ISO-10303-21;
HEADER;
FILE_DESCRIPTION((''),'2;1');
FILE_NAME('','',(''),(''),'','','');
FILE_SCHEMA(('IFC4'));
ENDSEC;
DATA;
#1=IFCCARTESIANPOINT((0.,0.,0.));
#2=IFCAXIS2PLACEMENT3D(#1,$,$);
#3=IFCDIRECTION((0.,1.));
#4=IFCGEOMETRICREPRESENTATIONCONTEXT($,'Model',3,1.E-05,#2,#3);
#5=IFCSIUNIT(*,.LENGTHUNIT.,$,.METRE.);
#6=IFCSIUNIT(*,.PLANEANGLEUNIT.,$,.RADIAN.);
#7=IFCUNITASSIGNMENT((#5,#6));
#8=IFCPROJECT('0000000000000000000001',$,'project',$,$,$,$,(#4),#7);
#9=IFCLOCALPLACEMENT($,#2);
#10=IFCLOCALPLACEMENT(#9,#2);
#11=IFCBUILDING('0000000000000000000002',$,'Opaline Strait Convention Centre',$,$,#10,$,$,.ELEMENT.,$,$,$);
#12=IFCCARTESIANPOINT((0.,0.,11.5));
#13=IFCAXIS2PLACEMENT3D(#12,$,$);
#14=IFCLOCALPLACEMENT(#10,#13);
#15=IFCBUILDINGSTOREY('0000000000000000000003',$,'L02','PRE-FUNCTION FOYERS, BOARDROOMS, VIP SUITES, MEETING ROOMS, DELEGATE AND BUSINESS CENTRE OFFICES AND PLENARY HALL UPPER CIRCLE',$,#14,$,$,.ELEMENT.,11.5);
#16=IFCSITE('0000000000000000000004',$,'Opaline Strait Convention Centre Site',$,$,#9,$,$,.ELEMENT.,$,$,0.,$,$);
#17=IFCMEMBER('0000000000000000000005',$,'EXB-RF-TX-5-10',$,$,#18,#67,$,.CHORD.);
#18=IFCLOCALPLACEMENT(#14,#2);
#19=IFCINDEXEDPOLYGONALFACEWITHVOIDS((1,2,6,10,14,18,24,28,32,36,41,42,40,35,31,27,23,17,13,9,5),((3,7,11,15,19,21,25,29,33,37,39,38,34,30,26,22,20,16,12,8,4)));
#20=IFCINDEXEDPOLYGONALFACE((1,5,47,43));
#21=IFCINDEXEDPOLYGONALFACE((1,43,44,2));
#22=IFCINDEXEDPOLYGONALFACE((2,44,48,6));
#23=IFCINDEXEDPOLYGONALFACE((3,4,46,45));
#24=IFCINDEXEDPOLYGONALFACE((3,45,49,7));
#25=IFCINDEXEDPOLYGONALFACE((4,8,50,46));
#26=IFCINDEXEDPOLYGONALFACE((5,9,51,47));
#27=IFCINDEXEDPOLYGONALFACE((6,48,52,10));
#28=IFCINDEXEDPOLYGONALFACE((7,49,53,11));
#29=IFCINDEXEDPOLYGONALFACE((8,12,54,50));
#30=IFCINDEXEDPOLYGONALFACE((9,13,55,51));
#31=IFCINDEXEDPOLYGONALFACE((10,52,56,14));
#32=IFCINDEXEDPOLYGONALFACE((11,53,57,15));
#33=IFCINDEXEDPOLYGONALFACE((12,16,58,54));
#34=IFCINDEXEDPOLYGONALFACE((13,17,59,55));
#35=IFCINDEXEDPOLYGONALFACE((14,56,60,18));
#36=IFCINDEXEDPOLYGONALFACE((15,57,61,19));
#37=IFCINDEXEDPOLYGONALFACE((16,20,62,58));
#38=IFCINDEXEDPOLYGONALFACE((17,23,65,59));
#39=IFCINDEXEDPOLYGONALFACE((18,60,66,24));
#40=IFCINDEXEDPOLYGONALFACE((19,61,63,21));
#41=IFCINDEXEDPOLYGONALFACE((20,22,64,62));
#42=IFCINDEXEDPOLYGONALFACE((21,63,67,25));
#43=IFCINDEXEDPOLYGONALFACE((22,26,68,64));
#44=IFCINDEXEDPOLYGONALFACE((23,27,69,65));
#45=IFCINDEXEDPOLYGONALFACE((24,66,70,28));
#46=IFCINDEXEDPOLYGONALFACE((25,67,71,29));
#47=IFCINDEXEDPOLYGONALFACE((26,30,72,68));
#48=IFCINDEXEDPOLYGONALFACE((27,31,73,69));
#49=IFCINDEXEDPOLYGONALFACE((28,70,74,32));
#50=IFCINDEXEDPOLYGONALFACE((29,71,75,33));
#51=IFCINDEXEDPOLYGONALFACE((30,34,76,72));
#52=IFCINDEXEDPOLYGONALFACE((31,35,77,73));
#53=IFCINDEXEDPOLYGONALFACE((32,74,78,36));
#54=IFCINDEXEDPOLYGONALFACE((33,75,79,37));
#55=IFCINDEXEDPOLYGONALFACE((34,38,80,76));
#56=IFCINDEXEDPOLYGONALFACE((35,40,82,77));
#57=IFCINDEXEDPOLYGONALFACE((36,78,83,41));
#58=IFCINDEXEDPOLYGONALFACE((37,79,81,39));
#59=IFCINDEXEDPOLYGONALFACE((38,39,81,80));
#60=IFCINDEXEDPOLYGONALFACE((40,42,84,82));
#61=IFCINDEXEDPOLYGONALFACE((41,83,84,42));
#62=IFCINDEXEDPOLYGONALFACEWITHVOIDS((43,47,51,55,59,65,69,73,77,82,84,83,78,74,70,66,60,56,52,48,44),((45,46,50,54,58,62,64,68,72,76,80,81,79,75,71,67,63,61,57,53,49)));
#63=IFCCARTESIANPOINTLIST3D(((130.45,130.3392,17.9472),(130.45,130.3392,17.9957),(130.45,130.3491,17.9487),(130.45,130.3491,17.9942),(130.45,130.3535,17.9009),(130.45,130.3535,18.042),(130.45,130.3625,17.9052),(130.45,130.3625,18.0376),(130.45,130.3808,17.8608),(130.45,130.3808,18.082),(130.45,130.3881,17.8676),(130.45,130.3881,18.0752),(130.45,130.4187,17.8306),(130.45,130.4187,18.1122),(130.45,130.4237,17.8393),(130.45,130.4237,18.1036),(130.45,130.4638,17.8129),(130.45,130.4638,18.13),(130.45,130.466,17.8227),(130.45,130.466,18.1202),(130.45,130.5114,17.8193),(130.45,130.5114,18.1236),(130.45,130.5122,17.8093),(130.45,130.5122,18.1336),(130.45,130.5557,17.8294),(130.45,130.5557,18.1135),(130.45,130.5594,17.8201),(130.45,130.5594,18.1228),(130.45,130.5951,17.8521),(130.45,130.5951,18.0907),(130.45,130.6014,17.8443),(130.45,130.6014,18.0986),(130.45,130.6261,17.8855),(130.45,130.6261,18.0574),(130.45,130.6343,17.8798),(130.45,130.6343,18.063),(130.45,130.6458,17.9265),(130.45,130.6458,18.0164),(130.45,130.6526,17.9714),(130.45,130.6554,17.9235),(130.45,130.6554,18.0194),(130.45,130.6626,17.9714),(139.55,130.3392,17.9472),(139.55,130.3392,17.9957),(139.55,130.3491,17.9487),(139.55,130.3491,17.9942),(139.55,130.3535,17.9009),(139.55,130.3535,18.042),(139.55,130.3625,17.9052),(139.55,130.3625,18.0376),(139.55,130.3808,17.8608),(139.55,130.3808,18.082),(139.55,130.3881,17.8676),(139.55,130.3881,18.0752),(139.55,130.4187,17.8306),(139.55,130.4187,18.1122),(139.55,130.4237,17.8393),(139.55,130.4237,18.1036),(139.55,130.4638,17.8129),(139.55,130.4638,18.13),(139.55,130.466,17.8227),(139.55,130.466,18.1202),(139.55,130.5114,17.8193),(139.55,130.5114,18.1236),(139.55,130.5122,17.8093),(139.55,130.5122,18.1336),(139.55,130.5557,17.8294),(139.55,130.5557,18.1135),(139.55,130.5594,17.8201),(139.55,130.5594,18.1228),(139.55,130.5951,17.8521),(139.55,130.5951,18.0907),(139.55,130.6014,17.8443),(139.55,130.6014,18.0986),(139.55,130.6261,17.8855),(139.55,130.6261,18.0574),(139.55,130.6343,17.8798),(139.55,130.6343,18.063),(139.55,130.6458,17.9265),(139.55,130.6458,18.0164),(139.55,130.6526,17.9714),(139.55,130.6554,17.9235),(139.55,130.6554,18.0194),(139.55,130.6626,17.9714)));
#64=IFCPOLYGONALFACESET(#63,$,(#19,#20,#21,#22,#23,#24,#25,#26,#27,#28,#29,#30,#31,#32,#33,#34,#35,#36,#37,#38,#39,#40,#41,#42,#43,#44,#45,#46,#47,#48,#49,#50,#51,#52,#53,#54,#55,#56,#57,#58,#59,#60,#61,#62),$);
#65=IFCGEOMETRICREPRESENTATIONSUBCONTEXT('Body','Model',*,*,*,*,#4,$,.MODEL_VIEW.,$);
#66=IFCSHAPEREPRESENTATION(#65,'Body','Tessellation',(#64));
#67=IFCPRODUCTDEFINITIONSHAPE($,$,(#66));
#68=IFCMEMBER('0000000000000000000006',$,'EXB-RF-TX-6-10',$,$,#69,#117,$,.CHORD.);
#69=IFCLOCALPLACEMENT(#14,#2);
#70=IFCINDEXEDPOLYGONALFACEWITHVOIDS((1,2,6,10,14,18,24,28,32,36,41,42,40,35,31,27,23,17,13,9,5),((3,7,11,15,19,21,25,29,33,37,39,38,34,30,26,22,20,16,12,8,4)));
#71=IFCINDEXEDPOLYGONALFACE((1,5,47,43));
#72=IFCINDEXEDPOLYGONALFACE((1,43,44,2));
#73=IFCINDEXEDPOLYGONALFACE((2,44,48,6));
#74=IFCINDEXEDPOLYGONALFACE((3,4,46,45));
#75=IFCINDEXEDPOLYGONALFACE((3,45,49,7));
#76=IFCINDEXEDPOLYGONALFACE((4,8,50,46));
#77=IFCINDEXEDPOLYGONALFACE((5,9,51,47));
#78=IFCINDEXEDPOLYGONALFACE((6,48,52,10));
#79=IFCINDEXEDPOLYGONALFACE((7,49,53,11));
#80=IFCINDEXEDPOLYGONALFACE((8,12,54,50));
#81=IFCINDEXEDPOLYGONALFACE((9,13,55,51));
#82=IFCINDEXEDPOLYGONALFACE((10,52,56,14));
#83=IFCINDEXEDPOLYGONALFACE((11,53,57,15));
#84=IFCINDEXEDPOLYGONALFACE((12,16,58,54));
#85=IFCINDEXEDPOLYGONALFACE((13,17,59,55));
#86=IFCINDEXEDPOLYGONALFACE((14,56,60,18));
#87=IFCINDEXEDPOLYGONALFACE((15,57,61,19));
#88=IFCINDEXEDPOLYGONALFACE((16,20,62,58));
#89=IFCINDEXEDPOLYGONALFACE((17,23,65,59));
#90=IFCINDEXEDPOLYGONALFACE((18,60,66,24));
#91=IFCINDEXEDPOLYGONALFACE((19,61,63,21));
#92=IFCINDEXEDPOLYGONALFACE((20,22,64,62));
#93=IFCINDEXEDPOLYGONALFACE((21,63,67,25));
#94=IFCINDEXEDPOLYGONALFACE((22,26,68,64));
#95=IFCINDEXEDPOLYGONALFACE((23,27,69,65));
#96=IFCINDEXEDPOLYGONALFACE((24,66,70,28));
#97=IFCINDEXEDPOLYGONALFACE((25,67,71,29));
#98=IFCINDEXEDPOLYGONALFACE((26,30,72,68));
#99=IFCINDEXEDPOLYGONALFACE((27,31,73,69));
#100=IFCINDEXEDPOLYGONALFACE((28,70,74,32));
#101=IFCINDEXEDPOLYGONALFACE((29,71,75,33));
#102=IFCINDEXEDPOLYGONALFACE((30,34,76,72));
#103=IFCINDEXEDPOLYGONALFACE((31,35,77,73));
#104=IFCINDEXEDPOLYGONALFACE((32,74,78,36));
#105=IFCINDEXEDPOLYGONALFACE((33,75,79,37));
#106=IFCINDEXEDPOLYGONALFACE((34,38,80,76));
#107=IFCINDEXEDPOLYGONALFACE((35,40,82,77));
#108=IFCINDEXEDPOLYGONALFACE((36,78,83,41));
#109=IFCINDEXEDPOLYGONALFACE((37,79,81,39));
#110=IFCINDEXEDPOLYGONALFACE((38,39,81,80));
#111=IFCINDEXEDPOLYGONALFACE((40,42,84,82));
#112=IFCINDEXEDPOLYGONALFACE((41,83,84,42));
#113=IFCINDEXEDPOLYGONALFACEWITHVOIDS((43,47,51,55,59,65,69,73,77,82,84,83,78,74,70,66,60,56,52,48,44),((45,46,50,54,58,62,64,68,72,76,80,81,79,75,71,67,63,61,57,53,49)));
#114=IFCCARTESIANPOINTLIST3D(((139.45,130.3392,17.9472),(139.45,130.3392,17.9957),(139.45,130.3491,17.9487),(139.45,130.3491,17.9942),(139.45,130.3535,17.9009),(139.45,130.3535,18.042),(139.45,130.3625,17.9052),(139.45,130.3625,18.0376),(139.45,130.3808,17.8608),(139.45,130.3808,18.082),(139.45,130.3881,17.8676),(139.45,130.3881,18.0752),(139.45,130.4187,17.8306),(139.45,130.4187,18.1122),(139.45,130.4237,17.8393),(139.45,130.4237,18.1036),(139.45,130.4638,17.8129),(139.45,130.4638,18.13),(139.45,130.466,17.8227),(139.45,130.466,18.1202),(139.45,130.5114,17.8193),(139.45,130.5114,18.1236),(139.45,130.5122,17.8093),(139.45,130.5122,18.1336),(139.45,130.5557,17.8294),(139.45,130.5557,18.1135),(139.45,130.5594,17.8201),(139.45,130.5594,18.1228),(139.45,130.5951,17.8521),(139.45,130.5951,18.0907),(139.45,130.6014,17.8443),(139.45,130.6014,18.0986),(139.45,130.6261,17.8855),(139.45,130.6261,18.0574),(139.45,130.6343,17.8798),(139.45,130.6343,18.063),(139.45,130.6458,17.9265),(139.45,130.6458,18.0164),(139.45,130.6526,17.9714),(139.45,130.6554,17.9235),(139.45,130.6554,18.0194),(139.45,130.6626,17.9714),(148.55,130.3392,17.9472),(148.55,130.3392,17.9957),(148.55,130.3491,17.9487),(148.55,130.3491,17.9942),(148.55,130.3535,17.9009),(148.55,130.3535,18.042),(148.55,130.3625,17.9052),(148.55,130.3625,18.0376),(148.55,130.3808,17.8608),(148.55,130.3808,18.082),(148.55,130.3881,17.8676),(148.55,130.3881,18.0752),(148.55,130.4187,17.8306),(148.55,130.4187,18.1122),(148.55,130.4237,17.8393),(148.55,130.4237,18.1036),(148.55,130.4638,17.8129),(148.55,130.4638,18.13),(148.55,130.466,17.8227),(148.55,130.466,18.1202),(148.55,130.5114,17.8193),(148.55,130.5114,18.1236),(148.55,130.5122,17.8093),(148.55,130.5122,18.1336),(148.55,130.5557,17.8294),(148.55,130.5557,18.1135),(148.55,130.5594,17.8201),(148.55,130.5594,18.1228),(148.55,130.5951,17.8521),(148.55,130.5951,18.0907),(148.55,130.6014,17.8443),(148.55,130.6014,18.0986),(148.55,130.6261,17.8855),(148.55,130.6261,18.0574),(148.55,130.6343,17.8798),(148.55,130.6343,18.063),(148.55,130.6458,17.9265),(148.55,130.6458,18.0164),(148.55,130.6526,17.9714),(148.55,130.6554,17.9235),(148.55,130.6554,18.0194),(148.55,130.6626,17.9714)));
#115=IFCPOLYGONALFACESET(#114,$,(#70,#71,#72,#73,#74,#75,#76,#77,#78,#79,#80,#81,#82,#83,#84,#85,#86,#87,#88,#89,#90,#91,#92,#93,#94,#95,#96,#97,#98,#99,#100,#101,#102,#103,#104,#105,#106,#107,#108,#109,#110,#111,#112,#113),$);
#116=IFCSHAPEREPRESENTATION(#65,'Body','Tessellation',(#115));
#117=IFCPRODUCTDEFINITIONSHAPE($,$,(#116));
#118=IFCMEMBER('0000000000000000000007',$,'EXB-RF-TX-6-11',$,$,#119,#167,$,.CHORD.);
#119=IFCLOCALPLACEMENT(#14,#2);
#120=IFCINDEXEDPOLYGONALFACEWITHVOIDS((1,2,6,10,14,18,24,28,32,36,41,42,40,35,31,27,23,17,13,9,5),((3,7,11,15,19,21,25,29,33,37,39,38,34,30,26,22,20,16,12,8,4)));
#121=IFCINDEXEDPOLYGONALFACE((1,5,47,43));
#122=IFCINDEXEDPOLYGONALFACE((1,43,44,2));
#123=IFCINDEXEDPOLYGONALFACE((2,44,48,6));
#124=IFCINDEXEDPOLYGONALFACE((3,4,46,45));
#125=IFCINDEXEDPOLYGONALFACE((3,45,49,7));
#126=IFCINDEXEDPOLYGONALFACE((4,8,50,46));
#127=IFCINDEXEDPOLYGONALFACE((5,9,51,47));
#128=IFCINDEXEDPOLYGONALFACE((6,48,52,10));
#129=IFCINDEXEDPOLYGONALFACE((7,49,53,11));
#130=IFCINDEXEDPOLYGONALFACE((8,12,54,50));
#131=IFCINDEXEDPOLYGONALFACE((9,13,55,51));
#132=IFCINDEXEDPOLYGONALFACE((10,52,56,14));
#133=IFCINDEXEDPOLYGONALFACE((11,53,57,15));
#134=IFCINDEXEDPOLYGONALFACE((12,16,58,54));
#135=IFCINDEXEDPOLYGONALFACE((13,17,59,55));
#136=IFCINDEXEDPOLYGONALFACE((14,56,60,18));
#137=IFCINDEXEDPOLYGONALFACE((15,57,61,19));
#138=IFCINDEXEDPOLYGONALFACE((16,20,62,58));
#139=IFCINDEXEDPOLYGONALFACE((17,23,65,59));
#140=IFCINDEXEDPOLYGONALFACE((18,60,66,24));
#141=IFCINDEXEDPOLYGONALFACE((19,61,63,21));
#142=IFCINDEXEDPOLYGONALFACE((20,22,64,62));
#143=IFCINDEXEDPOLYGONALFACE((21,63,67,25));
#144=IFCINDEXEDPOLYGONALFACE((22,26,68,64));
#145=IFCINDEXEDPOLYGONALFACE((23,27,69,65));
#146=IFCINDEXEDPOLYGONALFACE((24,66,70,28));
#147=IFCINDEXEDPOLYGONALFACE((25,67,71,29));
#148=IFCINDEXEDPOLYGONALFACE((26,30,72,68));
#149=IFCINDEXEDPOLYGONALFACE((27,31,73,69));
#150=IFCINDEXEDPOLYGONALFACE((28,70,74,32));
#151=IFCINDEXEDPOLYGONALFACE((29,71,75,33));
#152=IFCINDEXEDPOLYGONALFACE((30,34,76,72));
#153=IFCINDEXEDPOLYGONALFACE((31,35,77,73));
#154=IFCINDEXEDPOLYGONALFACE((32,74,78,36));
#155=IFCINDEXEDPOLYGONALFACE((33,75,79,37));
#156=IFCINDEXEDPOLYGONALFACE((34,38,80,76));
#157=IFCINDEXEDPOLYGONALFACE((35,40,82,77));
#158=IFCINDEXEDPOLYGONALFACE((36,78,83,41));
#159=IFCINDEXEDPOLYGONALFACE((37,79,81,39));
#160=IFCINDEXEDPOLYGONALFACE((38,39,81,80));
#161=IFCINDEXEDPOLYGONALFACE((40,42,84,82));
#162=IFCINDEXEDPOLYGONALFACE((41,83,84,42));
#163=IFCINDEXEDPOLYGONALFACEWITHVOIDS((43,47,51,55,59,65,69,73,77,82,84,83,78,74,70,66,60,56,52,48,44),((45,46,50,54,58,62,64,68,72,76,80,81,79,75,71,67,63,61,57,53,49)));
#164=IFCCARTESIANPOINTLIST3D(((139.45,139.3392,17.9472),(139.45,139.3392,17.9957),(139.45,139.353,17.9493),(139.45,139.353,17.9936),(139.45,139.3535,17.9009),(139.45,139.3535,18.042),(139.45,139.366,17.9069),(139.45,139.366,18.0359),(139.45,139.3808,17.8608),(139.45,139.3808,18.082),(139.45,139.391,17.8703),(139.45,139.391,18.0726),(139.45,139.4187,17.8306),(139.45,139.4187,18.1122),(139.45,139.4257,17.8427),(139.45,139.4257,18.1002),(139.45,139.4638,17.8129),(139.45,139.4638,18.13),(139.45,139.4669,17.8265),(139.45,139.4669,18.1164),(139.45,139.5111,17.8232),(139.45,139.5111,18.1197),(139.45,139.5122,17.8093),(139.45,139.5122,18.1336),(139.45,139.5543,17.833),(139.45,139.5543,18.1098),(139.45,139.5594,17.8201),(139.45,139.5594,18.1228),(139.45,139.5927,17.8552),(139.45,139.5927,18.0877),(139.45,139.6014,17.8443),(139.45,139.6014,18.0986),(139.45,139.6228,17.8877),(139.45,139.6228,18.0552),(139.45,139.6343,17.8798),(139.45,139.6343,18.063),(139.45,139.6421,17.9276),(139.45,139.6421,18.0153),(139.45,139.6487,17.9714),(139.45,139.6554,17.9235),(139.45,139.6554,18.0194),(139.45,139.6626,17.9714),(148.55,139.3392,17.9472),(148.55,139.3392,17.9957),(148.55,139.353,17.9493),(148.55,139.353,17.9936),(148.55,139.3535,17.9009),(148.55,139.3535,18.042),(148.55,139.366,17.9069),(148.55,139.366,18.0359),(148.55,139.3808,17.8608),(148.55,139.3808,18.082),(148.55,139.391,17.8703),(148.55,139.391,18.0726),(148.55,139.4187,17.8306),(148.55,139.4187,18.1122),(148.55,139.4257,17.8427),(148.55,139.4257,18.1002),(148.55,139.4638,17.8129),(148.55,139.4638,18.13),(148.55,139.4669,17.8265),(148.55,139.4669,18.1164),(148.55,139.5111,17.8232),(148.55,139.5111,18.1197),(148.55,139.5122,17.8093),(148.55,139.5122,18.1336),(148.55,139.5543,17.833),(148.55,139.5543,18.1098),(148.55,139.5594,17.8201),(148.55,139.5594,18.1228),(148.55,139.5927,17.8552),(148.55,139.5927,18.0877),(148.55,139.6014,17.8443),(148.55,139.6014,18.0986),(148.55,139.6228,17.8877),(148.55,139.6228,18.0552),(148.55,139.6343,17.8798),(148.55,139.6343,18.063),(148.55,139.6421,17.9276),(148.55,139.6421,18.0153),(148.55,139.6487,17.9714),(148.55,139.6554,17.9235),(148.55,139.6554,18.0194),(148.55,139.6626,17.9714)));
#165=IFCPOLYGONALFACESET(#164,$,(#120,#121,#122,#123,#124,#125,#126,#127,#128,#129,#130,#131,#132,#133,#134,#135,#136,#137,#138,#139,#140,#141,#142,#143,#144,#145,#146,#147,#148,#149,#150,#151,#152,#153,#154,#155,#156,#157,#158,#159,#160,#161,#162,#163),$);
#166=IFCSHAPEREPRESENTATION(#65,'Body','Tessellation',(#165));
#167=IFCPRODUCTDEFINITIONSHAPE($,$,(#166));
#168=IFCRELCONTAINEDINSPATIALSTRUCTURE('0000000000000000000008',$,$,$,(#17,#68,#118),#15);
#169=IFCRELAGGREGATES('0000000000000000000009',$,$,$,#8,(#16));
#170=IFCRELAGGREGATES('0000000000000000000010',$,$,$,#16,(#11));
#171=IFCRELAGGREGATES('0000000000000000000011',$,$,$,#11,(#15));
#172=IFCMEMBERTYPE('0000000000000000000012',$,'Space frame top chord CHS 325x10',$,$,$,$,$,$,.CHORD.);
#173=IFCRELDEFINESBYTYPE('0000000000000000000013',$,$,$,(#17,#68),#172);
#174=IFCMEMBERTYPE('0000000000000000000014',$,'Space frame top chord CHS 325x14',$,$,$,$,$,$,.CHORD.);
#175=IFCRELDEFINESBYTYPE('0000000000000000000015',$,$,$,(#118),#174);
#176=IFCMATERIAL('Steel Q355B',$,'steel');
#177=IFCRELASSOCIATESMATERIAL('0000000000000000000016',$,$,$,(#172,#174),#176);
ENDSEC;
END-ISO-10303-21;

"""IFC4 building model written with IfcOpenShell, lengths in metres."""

from ifc_helpers import new_model, si_unit, direction, frame, origin, origin_2d, place, context, subcontext, project, spatial, hollow_circle, extrude, material, material_profile, profile_set, type_object, element, save


model = new_model("IFC4")

# Units and contexts
model_context = context("Model", 3, precision=1e-05, world=origin(), true_north=direction((0.0, 1.0)))
body_context = subcontext(model_context, "Body", "Model", "MODEL_VIEW")
ifc_project = project(units=[si_unit("LENGTHUNIT", "METRE"), si_unit("PLANEANGLEUNIT", "RADIAN")], contexts=[model_context])

# Site, building, storey
site_placement = place(None, origin())
site = spatial("IfcSite", under=ifc_project, at=site_placement, Name="Opaline Strait Convention Centre Site", CompositionType="ELEMENT", RefElevation=0.0)
building_placement = place(site_placement, origin())
building = spatial("IfcBuilding", under=site, at=building_placement, Name="Opaline Strait Convention Centre", CompositionType="ELEMENT")
storey_placement = place(building_placement, frame((0.0, 0.0, 11.5)))
storey = spatial("IfcBuildingStorey", under=building, at=storey_placement, Name="L02", Description="PRE-FUNCTION FOYERS, BOARDROOMS, VIP SUITES, MEETING ROOMS, DELEGATE AND BUSINESS CENTRE OFFICES AND PLENARY HALL UPPER CIRCLE", CompositionType="ELEMENT", Elevation=11.5)

# Members
ifc_material = material(Name="Steel Q355B", Category="steel")
ifc_material_profile_1 = material_profile(ifc_material, hollow_circle(Radius=0.1626, WallThickness=0.01, at=origin_2d()), Name="CHS 325x10")
ifc_profile_set_1 = profile_set([ifc_material_profile_1], Name="Steel Q355B")
member_type_1 = type_object("IfcMemberType", Name="Space frame top chord CHS 325x10", PredefinedType="CHORD", material=ifc_profile_set_1)
for number, where, z_axis, x_axis, name in (
    (1, (130.45, 130.5, 17.9714), (1.0, 0.0, 0.0), (0.0, 1.0, 0.0), "EXB-RF-TX-5-10"),
    (2, (139.45, 130.5, 17.9714), (1.0, 0.0, 0.0), (0.0, 1.0, 0.0), "EXB-RF-TX-6-10"),
):
    element("IfcMember", number, at=place(storey_placement, frame(where, z_axis=z_axis, x_axis=x_axis)), inside=storey, type_object=member_type_1, Name=name, PredefinedType="CHORD", context=body_context, shape_type="SweptSolid", body=[
        extrude(hollow_circle(Radius=0.1626, WallThickness=0.01, at=origin_2d()), origin(), (0.0, 0.0, 1.0), 9.1001),
    ])
ifc_material_profile_2 = material_profile(ifc_material, hollow_circle(Radius=0.1626, WallThickness=0.0139, at=origin_2d()), Name="CHS 325x14")
ifc_profile_set_2 = profile_set([ifc_material_profile_2], Name="Steel Q355B")
member_type_2 = type_object("IfcMemberType", Name="Space frame top chord CHS 325x14", PredefinedType="CHORD", material=ifc_profile_set_2)
member_1_placement = place(storey_placement, frame((139.45, 139.5, 17.9714), z_axis=(1.0, 0.0, 0.0), x_axis=(0.0, 1.0, 0.0)))
element("IfcMember", 3, at=member_1_placement, inside=storey, type_object=member_type_2, Name="EXB-RF-TX-6-11", PredefinedType="CHORD", context=body_context, shape_type="SweptSolid", body=[
    extrude(hollow_circle(Radius=0.1626, WallThickness=0.0139, at=origin_2d()), origin(), (0.0, 0.0, 1.0), 9.1001),
])

save(model, "model.ifc")
